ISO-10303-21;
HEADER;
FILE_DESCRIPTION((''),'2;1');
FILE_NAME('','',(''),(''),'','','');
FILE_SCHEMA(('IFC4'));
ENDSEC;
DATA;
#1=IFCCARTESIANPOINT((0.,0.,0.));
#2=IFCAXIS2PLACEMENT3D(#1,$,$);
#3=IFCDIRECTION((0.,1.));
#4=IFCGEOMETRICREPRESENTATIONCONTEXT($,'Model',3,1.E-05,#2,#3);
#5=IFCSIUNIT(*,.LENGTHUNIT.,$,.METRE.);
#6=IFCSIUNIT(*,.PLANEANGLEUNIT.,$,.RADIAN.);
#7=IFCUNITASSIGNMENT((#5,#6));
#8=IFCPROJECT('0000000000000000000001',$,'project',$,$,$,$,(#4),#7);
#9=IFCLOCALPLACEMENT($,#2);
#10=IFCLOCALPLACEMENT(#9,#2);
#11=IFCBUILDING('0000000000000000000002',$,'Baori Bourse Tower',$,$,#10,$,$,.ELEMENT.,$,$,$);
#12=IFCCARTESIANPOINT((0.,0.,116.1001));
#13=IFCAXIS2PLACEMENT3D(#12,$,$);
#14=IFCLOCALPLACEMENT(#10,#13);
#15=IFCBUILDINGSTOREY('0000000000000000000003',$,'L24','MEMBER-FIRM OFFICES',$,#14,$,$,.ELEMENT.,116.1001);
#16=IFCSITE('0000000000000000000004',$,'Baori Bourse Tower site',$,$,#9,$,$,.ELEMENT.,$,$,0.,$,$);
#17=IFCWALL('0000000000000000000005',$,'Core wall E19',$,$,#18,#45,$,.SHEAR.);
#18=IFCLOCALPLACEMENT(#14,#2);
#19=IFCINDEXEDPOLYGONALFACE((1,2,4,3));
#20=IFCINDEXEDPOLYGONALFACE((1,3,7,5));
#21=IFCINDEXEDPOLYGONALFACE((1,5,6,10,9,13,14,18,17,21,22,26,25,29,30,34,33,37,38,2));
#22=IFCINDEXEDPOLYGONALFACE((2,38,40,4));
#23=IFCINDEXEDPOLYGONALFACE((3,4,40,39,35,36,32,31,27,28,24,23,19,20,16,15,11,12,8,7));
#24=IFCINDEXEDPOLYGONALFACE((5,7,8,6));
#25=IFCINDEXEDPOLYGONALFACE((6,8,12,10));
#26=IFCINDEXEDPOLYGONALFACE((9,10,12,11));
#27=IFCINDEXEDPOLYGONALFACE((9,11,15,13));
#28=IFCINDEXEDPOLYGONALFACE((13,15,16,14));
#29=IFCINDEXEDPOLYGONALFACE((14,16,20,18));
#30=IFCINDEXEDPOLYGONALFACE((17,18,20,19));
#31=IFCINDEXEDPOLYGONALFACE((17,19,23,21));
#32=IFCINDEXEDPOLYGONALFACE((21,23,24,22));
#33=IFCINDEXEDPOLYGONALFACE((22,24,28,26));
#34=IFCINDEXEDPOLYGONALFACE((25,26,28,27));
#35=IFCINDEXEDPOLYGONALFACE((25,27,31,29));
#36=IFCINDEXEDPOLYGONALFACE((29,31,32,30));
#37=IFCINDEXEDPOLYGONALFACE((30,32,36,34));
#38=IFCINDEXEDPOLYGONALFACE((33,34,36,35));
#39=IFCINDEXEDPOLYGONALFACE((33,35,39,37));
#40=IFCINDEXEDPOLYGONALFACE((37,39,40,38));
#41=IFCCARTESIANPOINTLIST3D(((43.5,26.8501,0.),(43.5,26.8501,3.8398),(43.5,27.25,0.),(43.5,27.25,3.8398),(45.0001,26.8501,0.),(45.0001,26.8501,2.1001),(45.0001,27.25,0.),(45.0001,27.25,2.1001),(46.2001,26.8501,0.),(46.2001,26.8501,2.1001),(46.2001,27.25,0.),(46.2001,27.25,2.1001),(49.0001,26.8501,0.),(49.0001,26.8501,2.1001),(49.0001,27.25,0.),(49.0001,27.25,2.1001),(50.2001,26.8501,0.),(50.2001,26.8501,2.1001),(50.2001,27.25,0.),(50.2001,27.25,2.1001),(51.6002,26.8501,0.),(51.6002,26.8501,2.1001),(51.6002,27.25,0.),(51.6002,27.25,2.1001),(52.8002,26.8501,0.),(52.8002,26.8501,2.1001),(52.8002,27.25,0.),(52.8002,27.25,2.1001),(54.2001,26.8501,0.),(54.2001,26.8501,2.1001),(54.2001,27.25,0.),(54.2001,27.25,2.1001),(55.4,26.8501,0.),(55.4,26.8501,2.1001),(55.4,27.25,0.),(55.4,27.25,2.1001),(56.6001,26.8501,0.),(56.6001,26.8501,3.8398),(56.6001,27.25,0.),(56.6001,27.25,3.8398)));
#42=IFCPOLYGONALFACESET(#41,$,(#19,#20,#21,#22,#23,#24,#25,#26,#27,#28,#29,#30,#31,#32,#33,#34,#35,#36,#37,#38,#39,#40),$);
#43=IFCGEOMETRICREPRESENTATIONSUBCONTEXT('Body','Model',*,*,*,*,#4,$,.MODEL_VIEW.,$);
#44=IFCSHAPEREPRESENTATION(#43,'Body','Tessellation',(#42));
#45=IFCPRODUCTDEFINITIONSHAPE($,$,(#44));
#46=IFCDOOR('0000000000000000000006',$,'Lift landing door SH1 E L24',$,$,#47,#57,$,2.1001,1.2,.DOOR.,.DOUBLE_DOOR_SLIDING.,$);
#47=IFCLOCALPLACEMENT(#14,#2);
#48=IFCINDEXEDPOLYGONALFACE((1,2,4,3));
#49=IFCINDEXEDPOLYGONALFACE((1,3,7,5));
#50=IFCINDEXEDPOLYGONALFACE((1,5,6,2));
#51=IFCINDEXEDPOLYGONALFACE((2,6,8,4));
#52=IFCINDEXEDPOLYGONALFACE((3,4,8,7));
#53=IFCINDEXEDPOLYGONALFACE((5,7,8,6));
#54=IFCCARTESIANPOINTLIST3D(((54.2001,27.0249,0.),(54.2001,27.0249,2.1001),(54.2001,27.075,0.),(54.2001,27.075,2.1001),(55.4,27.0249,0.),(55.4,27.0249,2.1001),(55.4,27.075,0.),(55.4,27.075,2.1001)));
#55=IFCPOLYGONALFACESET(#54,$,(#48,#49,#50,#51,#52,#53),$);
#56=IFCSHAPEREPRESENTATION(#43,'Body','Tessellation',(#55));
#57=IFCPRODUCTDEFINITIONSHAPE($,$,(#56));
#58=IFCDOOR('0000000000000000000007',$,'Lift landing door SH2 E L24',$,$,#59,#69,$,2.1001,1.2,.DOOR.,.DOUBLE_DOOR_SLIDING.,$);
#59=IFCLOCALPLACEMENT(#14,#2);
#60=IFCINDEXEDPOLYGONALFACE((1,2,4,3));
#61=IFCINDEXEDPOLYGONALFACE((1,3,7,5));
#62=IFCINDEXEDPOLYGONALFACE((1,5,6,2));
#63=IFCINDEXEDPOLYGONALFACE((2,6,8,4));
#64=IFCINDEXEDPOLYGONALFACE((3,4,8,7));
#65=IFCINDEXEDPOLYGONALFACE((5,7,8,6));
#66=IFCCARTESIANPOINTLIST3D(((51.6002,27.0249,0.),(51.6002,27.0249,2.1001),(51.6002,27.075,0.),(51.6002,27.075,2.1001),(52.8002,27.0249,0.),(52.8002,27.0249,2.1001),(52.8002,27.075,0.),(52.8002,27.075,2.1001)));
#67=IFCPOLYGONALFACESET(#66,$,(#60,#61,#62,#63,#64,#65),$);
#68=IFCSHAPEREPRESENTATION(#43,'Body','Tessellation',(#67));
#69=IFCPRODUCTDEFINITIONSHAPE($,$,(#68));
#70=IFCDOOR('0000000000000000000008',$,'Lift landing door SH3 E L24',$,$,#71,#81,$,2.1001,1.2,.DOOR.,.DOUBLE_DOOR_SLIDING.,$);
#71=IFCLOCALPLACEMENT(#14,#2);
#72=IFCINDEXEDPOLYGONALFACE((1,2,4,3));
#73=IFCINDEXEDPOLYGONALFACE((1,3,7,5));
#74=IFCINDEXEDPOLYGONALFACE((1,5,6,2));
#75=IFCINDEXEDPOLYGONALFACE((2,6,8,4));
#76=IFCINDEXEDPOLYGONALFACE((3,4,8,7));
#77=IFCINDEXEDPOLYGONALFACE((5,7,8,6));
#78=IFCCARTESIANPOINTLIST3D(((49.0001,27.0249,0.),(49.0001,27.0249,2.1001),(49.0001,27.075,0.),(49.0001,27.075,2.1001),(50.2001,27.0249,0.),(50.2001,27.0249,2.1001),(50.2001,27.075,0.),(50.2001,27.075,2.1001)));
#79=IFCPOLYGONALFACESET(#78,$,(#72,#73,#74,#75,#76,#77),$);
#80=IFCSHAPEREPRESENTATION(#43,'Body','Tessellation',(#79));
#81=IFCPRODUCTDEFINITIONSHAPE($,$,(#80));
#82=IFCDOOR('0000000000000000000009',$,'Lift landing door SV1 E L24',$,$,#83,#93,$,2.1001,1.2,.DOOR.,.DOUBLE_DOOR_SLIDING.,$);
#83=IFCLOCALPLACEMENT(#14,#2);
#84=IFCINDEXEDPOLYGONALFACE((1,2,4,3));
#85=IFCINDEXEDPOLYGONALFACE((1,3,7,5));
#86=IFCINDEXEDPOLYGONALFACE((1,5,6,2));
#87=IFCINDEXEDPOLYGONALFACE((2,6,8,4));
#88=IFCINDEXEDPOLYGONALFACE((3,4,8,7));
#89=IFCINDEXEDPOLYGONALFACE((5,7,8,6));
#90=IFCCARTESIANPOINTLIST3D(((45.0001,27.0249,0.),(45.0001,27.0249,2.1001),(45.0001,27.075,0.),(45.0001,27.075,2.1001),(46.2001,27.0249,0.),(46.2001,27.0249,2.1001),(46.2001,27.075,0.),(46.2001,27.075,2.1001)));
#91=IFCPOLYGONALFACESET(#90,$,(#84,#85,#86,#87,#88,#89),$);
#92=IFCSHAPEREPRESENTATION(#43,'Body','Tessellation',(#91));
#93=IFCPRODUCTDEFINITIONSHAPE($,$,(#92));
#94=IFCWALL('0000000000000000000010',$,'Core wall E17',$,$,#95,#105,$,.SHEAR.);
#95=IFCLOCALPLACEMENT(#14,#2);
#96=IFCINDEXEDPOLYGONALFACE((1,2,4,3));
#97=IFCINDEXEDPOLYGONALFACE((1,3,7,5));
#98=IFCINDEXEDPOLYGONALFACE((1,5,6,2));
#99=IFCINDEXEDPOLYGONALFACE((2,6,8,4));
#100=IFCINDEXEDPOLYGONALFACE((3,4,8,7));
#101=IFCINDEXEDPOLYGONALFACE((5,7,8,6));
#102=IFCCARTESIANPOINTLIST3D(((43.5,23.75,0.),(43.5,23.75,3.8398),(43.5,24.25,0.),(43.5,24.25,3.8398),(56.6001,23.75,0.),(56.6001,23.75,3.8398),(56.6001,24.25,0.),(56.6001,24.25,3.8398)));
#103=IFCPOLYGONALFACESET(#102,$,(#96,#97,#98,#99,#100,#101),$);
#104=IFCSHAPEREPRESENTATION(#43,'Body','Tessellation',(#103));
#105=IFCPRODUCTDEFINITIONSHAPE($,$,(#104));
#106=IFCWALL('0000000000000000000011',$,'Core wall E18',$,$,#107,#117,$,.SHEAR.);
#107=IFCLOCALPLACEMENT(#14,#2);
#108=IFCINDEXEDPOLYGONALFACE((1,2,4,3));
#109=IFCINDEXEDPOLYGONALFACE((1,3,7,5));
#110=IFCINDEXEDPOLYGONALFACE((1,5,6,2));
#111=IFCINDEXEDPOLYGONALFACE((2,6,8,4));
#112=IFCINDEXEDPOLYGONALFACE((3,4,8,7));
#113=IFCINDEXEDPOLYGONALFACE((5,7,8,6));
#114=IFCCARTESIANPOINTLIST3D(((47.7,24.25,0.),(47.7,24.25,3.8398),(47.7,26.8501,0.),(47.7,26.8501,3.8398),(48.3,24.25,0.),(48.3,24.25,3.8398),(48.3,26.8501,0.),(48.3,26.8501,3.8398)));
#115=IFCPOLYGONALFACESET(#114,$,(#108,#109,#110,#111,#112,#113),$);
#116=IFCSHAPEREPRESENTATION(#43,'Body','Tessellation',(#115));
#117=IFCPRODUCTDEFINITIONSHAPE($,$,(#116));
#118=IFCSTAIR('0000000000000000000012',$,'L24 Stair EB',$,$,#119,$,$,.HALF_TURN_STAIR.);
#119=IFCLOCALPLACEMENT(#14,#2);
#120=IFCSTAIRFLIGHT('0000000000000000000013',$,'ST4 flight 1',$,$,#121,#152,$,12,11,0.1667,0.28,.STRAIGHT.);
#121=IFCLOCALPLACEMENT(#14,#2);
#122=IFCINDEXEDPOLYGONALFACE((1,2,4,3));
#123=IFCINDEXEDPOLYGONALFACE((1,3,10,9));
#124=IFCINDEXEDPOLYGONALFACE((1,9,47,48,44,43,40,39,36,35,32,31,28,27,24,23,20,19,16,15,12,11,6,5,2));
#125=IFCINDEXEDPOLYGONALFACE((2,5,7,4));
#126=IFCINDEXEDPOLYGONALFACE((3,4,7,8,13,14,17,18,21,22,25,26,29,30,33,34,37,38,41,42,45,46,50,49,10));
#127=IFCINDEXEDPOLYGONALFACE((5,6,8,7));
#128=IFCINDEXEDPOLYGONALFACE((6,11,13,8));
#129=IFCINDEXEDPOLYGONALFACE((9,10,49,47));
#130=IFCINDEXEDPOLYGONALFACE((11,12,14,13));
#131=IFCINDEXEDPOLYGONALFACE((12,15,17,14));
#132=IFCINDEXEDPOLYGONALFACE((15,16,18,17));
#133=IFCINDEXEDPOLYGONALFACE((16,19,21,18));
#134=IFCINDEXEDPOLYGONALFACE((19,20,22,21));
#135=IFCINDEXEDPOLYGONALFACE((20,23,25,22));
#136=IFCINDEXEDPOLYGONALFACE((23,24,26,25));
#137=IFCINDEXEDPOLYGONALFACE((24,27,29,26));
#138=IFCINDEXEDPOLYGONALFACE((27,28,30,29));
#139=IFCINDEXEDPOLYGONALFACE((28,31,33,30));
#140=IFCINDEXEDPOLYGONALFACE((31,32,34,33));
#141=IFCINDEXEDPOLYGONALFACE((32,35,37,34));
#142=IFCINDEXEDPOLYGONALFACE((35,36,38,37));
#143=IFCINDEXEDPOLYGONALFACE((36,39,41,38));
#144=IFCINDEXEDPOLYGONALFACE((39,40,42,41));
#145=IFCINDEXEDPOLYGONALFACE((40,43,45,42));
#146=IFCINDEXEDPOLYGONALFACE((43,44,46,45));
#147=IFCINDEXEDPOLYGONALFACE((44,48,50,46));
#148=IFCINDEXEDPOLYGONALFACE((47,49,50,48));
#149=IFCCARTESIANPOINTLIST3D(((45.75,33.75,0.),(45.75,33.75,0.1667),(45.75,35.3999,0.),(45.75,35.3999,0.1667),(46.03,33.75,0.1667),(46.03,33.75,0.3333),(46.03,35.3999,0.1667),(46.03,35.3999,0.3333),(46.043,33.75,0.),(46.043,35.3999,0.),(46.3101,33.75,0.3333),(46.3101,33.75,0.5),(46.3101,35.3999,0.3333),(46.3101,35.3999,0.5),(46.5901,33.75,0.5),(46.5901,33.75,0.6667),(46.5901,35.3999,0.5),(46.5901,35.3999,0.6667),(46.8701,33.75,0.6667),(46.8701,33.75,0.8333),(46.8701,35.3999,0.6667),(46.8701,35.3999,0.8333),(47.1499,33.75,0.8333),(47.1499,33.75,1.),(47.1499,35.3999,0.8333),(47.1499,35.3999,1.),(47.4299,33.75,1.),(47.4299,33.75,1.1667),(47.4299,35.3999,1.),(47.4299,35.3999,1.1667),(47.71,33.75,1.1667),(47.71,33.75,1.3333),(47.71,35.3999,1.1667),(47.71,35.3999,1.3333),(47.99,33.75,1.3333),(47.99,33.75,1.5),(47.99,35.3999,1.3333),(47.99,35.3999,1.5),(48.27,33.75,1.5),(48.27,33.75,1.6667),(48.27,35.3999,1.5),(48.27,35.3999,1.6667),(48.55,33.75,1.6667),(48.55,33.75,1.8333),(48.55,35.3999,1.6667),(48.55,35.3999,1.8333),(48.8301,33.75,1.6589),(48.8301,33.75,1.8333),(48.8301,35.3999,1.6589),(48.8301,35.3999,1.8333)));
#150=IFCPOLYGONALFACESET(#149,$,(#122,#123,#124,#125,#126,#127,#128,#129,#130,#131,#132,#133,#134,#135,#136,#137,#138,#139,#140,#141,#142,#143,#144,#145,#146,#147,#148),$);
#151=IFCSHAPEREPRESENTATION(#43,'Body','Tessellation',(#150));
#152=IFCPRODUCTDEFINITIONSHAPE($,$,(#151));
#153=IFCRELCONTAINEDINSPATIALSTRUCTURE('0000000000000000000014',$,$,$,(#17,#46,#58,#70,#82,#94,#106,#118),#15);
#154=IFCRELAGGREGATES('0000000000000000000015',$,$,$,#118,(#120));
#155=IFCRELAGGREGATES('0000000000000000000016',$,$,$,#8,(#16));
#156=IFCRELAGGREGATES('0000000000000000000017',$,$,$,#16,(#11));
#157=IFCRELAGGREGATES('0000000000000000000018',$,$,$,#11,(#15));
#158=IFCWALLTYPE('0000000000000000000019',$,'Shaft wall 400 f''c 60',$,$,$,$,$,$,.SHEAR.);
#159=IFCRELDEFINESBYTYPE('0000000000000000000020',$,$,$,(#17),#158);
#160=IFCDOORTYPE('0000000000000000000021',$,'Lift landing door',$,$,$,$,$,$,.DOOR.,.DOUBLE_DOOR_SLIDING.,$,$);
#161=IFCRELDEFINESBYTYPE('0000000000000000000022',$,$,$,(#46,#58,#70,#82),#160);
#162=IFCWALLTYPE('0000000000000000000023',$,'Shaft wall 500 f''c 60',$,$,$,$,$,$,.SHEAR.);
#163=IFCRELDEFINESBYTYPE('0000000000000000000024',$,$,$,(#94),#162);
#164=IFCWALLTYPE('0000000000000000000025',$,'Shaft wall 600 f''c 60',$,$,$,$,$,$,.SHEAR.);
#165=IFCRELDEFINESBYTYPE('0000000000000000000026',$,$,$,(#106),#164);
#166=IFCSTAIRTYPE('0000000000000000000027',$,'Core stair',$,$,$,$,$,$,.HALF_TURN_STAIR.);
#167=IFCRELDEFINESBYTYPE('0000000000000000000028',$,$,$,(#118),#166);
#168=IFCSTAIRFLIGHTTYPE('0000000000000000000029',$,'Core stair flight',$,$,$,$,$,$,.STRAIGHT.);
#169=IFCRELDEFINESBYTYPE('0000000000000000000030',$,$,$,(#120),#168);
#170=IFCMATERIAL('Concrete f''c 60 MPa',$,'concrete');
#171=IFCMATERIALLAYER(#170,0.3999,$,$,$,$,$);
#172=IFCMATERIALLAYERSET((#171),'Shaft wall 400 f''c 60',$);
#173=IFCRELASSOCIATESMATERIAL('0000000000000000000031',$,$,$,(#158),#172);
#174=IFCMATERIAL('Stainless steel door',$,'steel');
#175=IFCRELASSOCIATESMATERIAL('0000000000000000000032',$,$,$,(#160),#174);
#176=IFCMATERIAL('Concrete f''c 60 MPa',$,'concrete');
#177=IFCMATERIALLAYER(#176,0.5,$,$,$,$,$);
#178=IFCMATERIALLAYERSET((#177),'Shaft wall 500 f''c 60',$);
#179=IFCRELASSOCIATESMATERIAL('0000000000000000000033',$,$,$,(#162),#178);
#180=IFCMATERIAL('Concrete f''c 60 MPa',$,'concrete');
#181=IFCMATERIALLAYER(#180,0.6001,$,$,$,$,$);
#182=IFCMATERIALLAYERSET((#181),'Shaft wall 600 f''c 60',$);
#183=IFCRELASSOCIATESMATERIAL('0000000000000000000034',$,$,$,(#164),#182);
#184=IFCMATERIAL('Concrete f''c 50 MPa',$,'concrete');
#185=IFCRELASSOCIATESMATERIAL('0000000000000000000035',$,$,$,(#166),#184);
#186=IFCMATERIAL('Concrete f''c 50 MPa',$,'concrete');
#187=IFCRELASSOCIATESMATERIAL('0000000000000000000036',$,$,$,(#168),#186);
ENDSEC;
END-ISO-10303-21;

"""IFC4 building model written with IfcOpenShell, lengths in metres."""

from ifc_helpers import new_model, si_unit, direction, frame, frame_2d, origin, place, context, subcontext, project, spatial, polyline, rectangle, outline, extrude, material, layer, layer_set, type_object, element, fill, aggregate, save


model = new_model("IFC4")

# Units and contexts
model_context = context("Model", 3, precision=1e-05, world=origin(), true_north=direction((0.0, 1.0)))
body_context = subcontext(model_context, "Body", "Model", "MODEL_VIEW")
ifc_project = project(units=[si_unit("LENGTHUNIT", "METRE"), si_unit("PLANEANGLEUNIT", "RADIAN")], contexts=[model_context])

# Site, building, storey
site_placement = place(None, origin())
site = spatial("IfcSite", under=ifc_project, at=site_placement, Name="Baori Bourse Tower site", CompositionType="ELEMENT", RefElevation=0.0)
building_placement = place(site_placement, origin())
building = spatial("IfcBuilding", under=site, at=building_placement, Name="Baori Bourse Tower", CompositionType="ELEMENT")
storey_placement = place(building_placement, frame((0.0, 0.0, 116.1001)))
storey = spatial("IfcBuildingStorey", under=building, at=storey_placement, Name="L24", Description="MEMBER-FIRM OFFICES", CompositionType="ELEMENT", Elevation=116.1001)

# Shared definitions
ifc_material_1 = material(Name="Concrete f'c 60 MPa", Category="concrete")
ifc_layer_1 = layer(ifc_material_1, 0.3999)
ifc_layer_set_1 = layer_set([ifc_layer_1], Name="Shaft wall 400 f'c 60")
wall_type_1 = type_object("IfcWallType", Name="Shaft wall 400 f'c 60", PredefinedType="SHEAR", material=ifc_layer_set_1)
ifc_material_2 = material(Name="Stainless steel door", Category="steel")
door_type_1 = type_object("IfcDoorType", Name="Lift landing door", OperationType="DOUBLE_DOOR_SLIDING", PredefinedType="DOOR", material=ifc_material_2)

# Wall, openings, doors
wall_1_placement = place(storey_placement, frame((43.5, 27.05, 0.0), z_axis=(0.0, 0.0, 1.0), x_axis=(1.0, 0.0, 0.0)))
wall_1 = element("IfcWall", 1, at=wall_1_placement, inside=storey, type_object=wall_type_1, Name="Core wall E19", PredefinedType="SHEAR", context=body_context, shape_type="SweptSolid", body=[
    extrude(rectangle(XDim=13.1001, YDim=0.3999, at=frame_2d((6.55, 0.0))), origin(), (0.0, 0.0, 1.0), 3.8398),
])
opening_1_placement = place(wall_1_placement, frame((10.7, 0.0, 0.0)))
opening_1 = element("IfcOpeningElement", 2, at=opening_1_placement, cuts=wall_1, PredefinedType="OPENING", context=body_context, shape_type="SweptSolid", body=[
    extrude(rectangle(XDim=1.2, YDim=2.1001, at=frame_2d((0.6001, 1.05))), frame((0.0, 0.21, 0.0), z_axis=(0.0, -1.0, 0.0), x_axis=(1.0, 0.0, 0.0)), (0.0, 0.0, 1.0), 0.4199),
])
opening_2_placement = place(wall_1_placement, frame((8.1001, 0.0, 0.0)))
opening_2 = element("IfcOpeningElement", 3, at=opening_2_placement, cuts=wall_1, PredefinedType="OPENING", context=body_context, shape_type="SweptSolid", body=[
    extrude(rectangle(XDim=1.2, YDim=2.1001, at=frame_2d((0.6001, 1.05))), frame((0.0, 0.21, 0.0), z_axis=(0.0, -1.0, 0.0), x_axis=(1.0, 0.0, 0.0)), (0.0, 0.0, 1.0), 0.4199),
])
opening_3_placement = place(wall_1_placement, frame((5.5, 0.0, 0.0)))
opening_3 = element("IfcOpeningElement", 4, at=opening_3_placement, cuts=wall_1, PredefinedType="OPENING", context=body_context, shape_type="SweptSolid", body=[
    extrude(rectangle(XDim=1.2, YDim=2.1001, at=frame_2d((0.6001, 1.05))), frame((0.0, 0.21, 0.0), z_axis=(0.0, -1.0, 0.0), x_axis=(1.0, 0.0, 0.0)), (0.0, 0.0, 1.0), 0.4199),
])
opening_4_placement = place(wall_1_placement, frame((1.5, 0.0, 0.0)))
opening_4 = element("IfcOpeningElement", 5, at=opening_4_placement, cuts=wall_1, PredefinedType="OPENING", context=body_context, shape_type="SweptSolid", body=[
    extrude(rectangle(XDim=1.2, YDim=2.1001, at=frame_2d((0.6001, 1.05))), frame((0.0, 0.21, 0.0), z_axis=(0.0, -1.0, 0.0), x_axis=(1.0, 0.0, 0.0)), (0.0, 0.0, 1.0), 0.4199),
])
door_1_placement = place(opening_1_placement, origin())
door_1 = element("IfcDoor", 6, at=door_1_placement, inside=storey, type_object=door_type_1, Name="Lift landing door SH1 E L24", OperationType="DOUBLE_DOOR_SLIDING", OverallHeight=2.1001, OverallWidth=1.2, PredefinedType="DOOR", context=body_context, shape_type="SweptSolid", body=[
    extrude(rectangle(XDim=1.2, YDim=2.1001, at=frame_2d((0.6001, 1.05))), frame((0.0, 0.0249, 0.0), z_axis=(0.0, -1.0, 0.0), x_axis=(1.0, 0.0, 0.0)), (0.0, 0.0, 1.0), 0.05),
])
fill(opening_1, door_1)
door_2_placement = place(opening_2_placement, origin())
door_2 = element("IfcDoor", 7, at=door_2_placement, inside=storey, type_object=door_type_1, Name="Lift landing door SH2 E L24", OperationType="DOUBLE_DOOR_SLIDING", OverallHeight=2.1001, OverallWidth=1.2, PredefinedType="DOOR", context=body_context, shape_type="SweptSolid", body=[
    extrude(rectangle(XDim=1.2, YDim=2.1001, at=frame_2d((0.6001, 1.05))), frame((0.0, 0.0249, 0.0), z_axis=(0.0, -1.0, 0.0), x_axis=(1.0, 0.0, 0.0)), (0.0, 0.0, 1.0), 0.05),
])
fill(opening_2, door_2)
door_3_placement = place(opening_3_placement, origin())
door_3 = element("IfcDoor", 8, at=door_3_placement, inside=storey, type_object=door_type_1, Name="Lift landing door SH3 E L24", OperationType="DOUBLE_DOOR_SLIDING", OverallHeight=2.1001, OverallWidth=1.2, PredefinedType="DOOR", context=body_context, shape_type="SweptSolid", body=[
    extrude(rectangle(XDim=1.2, YDim=2.1001, at=frame_2d((0.6001, 1.05))), frame((0.0, 0.0249, 0.0), z_axis=(0.0, -1.0, 0.0), x_axis=(1.0, 0.0, 0.0)), (0.0, 0.0, 1.0), 0.05),
])
fill(opening_3, door_3)
door_4_placement = place(opening_4_placement, origin())
door_4 = element("IfcDoor", 9, at=door_4_placement, inside=storey, type_object=door_type_1, Name="Lift landing door SV1 E L24", OperationType="DOUBLE_DOOR_SLIDING", OverallHeight=2.1001, OverallWidth=1.2, PredefinedType="DOOR", context=body_context, shape_type="SweptSolid", body=[
    extrude(rectangle(XDim=1.2, YDim=2.1001, at=frame_2d((0.6001, 1.05))), frame((0.0, 0.0249, 0.0), z_axis=(0.0, -1.0, 0.0), x_axis=(1.0, 0.0, 0.0)), (0.0, 0.0, 1.0), 0.05),
])
fill(opening_4, door_4)

# Walls
ifc_material_3 = material(Name="Concrete f'c 60 MPa", Category="concrete")
ifc_layer_2 = layer(ifc_material_3, 0.5)
ifc_layer_set_2 = layer_set([ifc_layer_2], Name="Shaft wall 500 f'c 60")
wall_type_2 = type_object("IfcWallType", Name="Shaft wall 500 f'c 60", PredefinedType="SHEAR", material=ifc_layer_set_2)
wall_2_placement = place(storey_placement, frame((43.5, 24.0, 0.0), z_axis=(0.0, 0.0, 1.0), x_axis=(1.0, 0.0, 0.0)))
element("IfcWall", 10, at=wall_2_placement, inside=storey, type_object=wall_type_2, Name="Core wall E17", PredefinedType="SHEAR", context=body_context, shape_type="SweptSolid", body=[
    extrude(rectangle(XDim=13.1001, YDim=0.5, at=frame_2d((6.55, 0.0))), origin(), (0.0, 0.0, 1.0), 3.8398),
])
ifc_material_4 = material(Name="Concrete f'c 60 MPa", Category="concrete")
ifc_layer_3 = layer(ifc_material_4, 0.6001)
ifc_layer_set_3 = layer_set([ifc_layer_3], Name="Shaft wall 600 f'c 60")
wall_type_3 = type_object("IfcWallType", Name="Shaft wall 600 f'c 60", PredefinedType="SHEAR", material=ifc_layer_set_3)
wall_3_placement = place(storey_placement, frame((48.0, 24.25, 0.0), z_axis=(0.0, 0.0, 1.0), x_axis=(0.0, 1.0, 0.0)))
element("IfcWall", 11, at=wall_3_placement, inside=storey, type_object=wall_type_3, Name="Core wall E18", PredefinedType="SHEAR", context=body_context, shape_type="SweptSolid", body=[
    extrude(rectangle(XDim=2.6001, YDim=0.6001, at=frame_2d((1.3, 0.0))), origin(), (0.0, 0.0, 1.0), 3.8398),
])

# Stair, stair flight
ifc_material_5 = material(Name="Concrete f'c 50 MPa", Category="concrete")
stair_type = type_object("IfcStairType", Name="Core stair", PredefinedType="HALF_TURN_STAIR", material=ifc_material_5)
stair_placement = place(storey_placement, origin())
stair = element("IfcStair", 12, at=stair_placement, inside=storey, type_object=stair_type, Name="L24 Stair EB", PredefinedType="HALF_TURN_STAIR")
ifc_material_6 = material(Name="Concrete f'c 50 MPa", Category="concrete")
stair_flight_type = type_object("IfcStairFlightType", Name="Core stair flight", PredefinedType="STRAIGHT", material=ifc_material_6)
stair_flight_1_placement = place(storey_placement, frame((45.75, 34.575, 0.0), z_axis=(0.0, 0.0, 1.0), x_axis=(1.0, 0.0, 0.0)))
stair_flight_1 = element("IfcStairFlight", 13, at=stair_flight_1_placement, type_object=stair_flight_type, Name="ST4 flight 1", NumberOfRisers=12, NumberOfTreads=11, PredefinedType="STRAIGHT", RiserHeight=0.1667, TreadLength=0.28, context=body_context, shape_type="SweptSolid", body=[
    extrude(outline(polyline([(0.0, 0.0), (0.0, 0.1667), (0.28, 0.1667), (0.28, 0.3333), (0.5601, 0.3333), (0.5601, 0.5), (0.8401, 0.5), (0.8401, 0.6667), (1.1201, 0.6667), (1.1201, 0.8333), (1.3999, 0.8333), (1.3999, 1.0), (1.6799, 1.0), (1.6799, 1.1667), (1.96, 1.1667), (1.96, 1.3333), (2.24, 1.3333), (2.24, 1.5), (2.52, 1.5), (2.52, 1.6667), (2.8, 1.6667), (2.8, 1.8333), (3.0801, 1.8333), (3.0801, 2.0), (3.0801, 1.6589), (0.293, 0.0), (0.0, 0.0)])), frame((0.0, 0.825, 0.0), z_axis=(0.0, -1.0, 0.0), x_axis=(1.0, 0.0, 0.0)), (0.0, 0.0, 1.0), 1.6499),
])
aggregate(stair, [stair_flight_1])

save(model, "model.ifc")
